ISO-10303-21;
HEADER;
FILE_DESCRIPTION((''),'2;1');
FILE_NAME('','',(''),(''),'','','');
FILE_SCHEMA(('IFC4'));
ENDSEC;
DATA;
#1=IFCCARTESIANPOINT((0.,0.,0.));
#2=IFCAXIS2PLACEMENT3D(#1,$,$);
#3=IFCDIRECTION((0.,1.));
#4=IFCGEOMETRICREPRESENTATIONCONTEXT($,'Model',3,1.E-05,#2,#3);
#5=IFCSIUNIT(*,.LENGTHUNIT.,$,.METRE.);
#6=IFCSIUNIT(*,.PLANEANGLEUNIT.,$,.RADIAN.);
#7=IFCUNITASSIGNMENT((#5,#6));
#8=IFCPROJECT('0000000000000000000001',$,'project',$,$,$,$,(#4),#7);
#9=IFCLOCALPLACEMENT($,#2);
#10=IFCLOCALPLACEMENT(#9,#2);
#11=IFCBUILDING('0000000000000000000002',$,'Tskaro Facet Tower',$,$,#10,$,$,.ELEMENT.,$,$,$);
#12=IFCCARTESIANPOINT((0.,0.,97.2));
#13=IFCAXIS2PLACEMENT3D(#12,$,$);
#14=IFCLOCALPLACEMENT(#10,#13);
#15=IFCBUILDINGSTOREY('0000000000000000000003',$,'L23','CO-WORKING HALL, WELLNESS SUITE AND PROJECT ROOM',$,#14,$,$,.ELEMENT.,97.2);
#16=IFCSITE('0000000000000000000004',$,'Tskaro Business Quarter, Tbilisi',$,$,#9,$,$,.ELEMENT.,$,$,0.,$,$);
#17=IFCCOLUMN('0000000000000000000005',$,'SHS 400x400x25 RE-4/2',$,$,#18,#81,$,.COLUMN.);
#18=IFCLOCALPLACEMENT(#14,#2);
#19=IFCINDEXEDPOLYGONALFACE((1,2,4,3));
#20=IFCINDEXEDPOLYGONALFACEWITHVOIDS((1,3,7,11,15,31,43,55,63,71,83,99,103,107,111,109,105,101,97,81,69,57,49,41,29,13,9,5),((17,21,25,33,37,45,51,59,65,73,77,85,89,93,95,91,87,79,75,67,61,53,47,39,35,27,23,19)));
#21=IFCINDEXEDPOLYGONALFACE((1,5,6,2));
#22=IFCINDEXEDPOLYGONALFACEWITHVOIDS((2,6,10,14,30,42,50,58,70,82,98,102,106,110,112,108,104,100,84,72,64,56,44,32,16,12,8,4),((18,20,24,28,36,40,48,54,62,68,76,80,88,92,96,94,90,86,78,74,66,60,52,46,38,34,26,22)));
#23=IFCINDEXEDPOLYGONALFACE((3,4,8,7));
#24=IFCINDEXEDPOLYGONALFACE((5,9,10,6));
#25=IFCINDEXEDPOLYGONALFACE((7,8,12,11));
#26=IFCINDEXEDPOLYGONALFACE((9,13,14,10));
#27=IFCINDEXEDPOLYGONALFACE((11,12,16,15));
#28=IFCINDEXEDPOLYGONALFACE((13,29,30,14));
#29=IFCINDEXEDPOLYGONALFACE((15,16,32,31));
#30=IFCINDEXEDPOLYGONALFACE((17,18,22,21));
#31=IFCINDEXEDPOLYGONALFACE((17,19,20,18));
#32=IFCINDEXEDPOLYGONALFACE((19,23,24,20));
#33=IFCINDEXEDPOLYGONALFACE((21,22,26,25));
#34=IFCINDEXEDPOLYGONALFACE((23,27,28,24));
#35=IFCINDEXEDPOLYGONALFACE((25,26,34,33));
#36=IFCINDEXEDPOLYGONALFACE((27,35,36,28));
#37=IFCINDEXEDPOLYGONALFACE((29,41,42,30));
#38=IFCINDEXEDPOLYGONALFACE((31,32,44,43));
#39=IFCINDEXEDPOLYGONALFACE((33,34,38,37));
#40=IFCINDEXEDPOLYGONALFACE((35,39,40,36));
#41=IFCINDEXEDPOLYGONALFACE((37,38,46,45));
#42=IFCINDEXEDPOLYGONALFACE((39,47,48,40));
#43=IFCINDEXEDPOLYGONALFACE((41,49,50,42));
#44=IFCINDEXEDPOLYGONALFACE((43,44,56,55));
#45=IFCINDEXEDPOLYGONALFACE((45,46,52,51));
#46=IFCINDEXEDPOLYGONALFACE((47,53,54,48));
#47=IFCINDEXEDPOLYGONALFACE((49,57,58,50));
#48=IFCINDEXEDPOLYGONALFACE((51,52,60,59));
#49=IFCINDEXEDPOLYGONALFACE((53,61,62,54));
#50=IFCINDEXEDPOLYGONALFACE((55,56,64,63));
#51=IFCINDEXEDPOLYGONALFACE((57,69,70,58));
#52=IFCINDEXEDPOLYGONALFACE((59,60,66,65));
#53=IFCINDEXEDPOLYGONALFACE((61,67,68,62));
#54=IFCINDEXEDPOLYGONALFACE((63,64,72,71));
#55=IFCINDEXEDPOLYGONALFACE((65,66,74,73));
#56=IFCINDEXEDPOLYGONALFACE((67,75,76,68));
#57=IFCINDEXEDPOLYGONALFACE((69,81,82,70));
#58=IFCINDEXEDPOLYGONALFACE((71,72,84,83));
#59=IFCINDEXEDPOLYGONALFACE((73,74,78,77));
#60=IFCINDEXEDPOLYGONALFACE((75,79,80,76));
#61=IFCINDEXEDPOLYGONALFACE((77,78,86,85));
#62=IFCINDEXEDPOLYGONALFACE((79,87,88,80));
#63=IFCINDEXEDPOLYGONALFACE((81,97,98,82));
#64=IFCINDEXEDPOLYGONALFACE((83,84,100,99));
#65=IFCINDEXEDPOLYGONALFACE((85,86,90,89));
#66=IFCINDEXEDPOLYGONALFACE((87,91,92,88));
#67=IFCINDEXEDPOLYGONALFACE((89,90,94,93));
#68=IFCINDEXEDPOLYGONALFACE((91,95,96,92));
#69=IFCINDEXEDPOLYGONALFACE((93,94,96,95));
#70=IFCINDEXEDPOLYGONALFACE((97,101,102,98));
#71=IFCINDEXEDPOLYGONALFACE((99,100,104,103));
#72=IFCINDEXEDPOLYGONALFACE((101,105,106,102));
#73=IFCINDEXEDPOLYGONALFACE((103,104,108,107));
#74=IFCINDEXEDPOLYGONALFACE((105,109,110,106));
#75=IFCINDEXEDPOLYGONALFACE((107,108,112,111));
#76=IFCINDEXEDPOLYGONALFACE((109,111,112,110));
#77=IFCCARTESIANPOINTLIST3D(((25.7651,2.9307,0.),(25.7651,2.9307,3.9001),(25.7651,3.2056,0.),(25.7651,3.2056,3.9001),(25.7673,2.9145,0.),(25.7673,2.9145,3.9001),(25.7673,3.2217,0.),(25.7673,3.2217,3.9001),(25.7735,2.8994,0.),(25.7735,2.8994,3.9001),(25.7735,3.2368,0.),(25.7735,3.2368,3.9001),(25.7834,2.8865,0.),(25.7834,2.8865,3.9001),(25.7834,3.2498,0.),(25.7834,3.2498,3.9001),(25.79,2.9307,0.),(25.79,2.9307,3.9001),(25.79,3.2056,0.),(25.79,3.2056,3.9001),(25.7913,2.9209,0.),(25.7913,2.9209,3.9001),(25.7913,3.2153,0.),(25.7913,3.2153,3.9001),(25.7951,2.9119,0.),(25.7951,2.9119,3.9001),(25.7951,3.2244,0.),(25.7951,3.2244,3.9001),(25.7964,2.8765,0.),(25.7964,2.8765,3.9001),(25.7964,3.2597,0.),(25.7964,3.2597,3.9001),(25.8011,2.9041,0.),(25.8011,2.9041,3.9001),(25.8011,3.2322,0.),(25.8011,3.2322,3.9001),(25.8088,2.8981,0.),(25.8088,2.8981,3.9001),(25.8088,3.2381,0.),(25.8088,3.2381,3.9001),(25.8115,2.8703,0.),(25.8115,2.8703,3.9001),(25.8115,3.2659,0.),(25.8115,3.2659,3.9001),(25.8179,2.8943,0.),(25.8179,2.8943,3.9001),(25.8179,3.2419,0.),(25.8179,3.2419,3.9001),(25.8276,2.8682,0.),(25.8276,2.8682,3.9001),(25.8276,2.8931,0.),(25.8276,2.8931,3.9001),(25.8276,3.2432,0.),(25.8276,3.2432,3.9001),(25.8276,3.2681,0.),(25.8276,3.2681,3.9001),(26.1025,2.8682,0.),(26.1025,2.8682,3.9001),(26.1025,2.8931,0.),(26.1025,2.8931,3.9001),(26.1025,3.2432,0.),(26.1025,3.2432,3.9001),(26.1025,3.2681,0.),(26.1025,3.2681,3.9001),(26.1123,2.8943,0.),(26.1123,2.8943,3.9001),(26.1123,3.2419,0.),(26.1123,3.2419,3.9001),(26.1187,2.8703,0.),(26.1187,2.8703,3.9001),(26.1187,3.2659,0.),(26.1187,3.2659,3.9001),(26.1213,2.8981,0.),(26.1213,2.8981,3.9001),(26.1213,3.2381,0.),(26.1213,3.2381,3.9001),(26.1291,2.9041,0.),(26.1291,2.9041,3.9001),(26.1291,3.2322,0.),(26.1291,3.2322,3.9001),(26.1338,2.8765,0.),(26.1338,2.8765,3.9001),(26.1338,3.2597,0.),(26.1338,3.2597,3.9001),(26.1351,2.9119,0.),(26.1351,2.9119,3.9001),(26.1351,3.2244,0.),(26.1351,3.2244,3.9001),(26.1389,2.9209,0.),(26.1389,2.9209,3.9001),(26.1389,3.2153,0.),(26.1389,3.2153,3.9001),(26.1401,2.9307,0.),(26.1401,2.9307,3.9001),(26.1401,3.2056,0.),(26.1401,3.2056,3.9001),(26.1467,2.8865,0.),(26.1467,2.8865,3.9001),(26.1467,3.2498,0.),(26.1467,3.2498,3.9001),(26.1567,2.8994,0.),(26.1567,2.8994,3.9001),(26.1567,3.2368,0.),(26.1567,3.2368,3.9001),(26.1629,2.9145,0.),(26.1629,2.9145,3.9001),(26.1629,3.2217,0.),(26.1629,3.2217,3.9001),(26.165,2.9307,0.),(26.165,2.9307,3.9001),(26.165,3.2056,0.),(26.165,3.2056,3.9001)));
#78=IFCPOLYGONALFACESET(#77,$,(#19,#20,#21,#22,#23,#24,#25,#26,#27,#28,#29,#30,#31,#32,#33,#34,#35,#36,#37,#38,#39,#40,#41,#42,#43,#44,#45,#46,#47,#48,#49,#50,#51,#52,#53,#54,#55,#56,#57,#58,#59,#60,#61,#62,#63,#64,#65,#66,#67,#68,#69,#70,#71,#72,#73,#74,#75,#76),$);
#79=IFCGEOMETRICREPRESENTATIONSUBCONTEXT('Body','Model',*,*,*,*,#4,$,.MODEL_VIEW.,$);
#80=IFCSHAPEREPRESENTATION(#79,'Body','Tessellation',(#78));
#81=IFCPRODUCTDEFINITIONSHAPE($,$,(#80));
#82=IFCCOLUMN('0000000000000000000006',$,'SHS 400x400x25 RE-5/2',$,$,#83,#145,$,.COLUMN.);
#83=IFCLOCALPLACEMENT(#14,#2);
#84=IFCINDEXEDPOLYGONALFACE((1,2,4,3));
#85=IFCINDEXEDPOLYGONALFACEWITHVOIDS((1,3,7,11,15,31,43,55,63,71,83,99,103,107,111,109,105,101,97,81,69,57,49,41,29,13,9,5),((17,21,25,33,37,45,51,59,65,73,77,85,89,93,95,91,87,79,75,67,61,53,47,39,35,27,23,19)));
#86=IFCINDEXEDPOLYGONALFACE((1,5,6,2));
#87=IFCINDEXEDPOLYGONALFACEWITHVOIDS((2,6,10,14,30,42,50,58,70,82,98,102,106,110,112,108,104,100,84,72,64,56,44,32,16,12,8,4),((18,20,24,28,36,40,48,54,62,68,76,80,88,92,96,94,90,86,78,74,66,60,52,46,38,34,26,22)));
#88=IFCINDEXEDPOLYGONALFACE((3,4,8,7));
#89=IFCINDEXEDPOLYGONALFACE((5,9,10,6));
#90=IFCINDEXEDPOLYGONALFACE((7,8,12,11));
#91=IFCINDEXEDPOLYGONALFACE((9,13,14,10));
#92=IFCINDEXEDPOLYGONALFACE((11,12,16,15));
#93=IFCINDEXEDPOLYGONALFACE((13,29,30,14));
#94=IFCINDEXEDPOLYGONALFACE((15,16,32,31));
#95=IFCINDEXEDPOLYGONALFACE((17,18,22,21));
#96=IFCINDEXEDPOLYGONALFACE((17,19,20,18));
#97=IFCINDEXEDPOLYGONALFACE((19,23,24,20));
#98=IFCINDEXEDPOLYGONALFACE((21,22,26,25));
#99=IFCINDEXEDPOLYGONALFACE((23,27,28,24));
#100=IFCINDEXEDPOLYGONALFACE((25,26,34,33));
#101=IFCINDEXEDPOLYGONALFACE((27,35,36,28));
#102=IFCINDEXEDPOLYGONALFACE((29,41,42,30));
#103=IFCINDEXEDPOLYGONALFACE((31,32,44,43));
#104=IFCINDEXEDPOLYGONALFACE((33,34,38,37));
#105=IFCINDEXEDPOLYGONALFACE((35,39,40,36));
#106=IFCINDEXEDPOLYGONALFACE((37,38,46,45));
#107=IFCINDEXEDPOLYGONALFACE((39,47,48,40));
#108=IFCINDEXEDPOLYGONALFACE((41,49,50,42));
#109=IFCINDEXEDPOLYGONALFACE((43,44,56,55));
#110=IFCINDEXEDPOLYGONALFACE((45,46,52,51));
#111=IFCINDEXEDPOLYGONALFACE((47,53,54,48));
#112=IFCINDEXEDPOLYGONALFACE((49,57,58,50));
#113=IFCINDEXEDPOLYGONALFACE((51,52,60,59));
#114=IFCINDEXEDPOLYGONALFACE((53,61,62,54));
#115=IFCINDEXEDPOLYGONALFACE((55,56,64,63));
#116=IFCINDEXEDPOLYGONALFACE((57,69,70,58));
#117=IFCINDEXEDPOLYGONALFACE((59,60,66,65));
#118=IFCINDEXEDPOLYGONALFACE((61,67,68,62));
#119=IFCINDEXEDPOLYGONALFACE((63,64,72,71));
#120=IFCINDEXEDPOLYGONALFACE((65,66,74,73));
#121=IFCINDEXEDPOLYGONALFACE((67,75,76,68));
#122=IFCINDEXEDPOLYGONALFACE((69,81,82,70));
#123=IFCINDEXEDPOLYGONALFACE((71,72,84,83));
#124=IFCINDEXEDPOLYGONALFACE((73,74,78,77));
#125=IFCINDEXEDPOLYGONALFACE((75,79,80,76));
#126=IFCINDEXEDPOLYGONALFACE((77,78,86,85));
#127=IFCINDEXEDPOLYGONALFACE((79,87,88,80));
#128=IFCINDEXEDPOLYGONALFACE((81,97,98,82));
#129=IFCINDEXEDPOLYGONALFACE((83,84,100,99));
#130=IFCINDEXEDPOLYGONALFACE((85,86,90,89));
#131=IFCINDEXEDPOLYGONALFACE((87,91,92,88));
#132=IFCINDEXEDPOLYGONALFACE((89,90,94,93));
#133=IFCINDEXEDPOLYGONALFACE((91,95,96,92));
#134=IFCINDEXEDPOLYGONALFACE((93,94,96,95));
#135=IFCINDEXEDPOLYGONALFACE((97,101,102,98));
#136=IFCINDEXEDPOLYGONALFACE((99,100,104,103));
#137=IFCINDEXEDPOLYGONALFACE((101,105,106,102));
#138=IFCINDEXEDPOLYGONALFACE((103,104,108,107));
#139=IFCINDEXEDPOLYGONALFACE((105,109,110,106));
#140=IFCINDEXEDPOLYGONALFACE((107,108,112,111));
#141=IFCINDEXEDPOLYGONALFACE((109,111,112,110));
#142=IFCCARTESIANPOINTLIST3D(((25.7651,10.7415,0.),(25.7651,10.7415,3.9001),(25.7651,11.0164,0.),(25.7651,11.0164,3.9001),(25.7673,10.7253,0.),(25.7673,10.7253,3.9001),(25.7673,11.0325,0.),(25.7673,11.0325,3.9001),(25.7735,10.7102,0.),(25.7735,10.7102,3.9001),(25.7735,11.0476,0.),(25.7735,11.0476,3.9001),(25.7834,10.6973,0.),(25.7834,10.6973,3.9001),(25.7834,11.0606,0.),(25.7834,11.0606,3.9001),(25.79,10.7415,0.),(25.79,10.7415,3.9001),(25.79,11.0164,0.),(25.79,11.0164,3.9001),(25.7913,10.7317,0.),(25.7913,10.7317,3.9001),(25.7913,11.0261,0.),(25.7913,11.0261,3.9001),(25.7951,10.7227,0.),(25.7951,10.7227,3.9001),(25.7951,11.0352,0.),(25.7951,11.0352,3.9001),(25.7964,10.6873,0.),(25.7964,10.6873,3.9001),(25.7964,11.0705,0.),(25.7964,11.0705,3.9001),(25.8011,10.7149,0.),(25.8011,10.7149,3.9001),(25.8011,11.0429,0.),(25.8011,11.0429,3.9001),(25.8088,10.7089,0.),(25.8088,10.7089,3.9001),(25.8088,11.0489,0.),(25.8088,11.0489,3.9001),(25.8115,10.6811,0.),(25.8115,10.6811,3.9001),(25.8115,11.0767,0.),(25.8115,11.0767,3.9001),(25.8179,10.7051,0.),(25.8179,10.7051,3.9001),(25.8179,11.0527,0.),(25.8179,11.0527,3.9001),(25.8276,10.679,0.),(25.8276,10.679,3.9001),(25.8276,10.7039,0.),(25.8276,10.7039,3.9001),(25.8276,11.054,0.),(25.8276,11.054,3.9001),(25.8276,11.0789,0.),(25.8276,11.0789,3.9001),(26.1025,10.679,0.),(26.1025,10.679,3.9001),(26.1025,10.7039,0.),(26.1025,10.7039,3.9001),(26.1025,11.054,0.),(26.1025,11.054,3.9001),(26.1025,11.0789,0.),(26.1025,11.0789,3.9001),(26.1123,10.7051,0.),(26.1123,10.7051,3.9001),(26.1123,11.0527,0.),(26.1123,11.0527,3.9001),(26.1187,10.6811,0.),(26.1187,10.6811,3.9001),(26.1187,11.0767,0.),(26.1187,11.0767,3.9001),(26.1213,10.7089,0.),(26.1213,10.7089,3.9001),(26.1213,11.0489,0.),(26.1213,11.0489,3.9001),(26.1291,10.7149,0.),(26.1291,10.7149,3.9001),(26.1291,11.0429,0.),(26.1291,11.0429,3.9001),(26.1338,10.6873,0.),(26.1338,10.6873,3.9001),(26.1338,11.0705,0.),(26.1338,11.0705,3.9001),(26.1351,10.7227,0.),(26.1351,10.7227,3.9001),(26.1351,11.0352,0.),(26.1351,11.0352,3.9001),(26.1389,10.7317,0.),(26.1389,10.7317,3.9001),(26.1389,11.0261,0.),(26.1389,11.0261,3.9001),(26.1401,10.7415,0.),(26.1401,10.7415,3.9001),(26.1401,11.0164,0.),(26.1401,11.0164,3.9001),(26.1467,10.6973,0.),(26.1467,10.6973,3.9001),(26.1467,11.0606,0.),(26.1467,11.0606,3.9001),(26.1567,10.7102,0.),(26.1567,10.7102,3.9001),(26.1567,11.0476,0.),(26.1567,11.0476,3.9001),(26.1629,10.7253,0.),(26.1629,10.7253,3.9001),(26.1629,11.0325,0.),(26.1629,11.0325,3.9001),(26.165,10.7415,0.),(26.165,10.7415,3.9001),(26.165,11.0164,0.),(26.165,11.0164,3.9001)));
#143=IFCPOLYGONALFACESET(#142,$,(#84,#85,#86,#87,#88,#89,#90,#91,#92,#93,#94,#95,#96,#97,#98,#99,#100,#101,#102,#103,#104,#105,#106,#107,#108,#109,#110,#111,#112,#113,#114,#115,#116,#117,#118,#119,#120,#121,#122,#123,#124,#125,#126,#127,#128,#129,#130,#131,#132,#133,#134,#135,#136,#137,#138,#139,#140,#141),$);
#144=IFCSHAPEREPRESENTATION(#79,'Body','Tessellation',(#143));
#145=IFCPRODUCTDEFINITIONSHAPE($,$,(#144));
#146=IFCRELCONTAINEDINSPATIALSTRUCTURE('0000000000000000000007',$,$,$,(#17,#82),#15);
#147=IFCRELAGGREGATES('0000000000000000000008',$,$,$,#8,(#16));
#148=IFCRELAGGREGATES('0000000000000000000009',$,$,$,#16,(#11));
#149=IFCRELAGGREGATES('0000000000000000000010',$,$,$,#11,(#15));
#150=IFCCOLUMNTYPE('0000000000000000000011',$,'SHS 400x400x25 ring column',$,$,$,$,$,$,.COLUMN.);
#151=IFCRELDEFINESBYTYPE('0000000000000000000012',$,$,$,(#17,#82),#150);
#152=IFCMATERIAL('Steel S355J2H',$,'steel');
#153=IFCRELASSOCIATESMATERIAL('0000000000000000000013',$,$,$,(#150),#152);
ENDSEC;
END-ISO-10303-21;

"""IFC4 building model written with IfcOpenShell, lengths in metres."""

from ifc_helpers import new_model, si_unit, direction, frame, origin, origin_2d, place, context, subcontext, project, spatial, hollow_rectangle, extrude, material, material_profile, profile_set, type_object, element, save


model = new_model("IFC4")

# Units and contexts
model_context = context("Model", 3, precision=1e-05, world=origin(), true_north=direction((0.0, 1.0)))
body_context = subcontext(model_context, "Body", "Model", "MODEL_VIEW")
ifc_project = project(units=[si_unit("LENGTHUNIT", "METRE"), si_unit("PLANEANGLEUNIT", "RADIAN")], contexts=[model_context])

# Site, building, storey
site_placement = place(None, origin())
site = spatial("IfcSite", under=ifc_project, at=site_placement, Name="Tskaro Business Quarter, Tbilisi", CompositionType="ELEMENT", RefElevation=0.0)
building_placement = place(site_placement, origin())
building = spatial("IfcBuilding", under=site, at=building_placement, Name="Tskaro Facet Tower", CompositionType="ELEMENT")
storey_placement = place(building_placement, frame((0.0, 0.0, 97.2)))
storey = spatial("IfcBuildingStorey", under=building, at=storey_placement, Name="L23", Description="CO-WORKING HALL, WELLNESS SUITE AND PROJECT ROOM", CompositionType="ELEMENT", Elevation=97.2)

# Columns
ifc_material_1 = material(Name="Steel S355J2H", Category="steel")
ifc_material_profile_1 = material_profile(ifc_material_1, hollow_rectangle(XDim=0.3999, YDim=0.3999, WallThickness=0.0249, InnerFilletRadius=0.0376, OuterFilletRadius=0.0625, at=origin_2d()), Name="SHS 400x400x25")
ifc_profile_set_1 = profile_set([ifc_material_profile_1], Name="Steel S355J2H")
column_type_1 = type_object("IfcColumnType", Name="SHS 400x400x25 ring column", PredefinedType="COLUMN", material=ifc_profile_set_1)
for number, where, z_axis, x_axis, name in (
    (1, (25.9651, 3.0681, 0.0), (0.0, 0.0, 1.0), (1.0, 0.0, 0.0), "SHS 400x400x25 RE-4/2"),
    (2, (25.9651, 10.8789, 0.0), (0.0, 0.0, 1.0), (1.0, 0.0, 0.0), "SHS 400x400x25 RE-5/2"),
):
    element("IfcColumn", number, at=place(storey_placement, frame(where, z_axis=z_axis, x_axis=x_axis)), inside=storey, type_object=column_type_1, Name=name, PredefinedType="COLUMN", context=body_context, shape_type="SweptSolid", body=[
        extrude(hollow_rectangle(XDim=0.3999, YDim=0.3999, WallThickness=0.0249, InnerFilletRadius=0.0376, OuterFilletRadius=0.0625, at=origin_2d()), origin(), (0.0, 0.0, 1.0), 3.9001),
    ])

save(model, "model.ifc")
